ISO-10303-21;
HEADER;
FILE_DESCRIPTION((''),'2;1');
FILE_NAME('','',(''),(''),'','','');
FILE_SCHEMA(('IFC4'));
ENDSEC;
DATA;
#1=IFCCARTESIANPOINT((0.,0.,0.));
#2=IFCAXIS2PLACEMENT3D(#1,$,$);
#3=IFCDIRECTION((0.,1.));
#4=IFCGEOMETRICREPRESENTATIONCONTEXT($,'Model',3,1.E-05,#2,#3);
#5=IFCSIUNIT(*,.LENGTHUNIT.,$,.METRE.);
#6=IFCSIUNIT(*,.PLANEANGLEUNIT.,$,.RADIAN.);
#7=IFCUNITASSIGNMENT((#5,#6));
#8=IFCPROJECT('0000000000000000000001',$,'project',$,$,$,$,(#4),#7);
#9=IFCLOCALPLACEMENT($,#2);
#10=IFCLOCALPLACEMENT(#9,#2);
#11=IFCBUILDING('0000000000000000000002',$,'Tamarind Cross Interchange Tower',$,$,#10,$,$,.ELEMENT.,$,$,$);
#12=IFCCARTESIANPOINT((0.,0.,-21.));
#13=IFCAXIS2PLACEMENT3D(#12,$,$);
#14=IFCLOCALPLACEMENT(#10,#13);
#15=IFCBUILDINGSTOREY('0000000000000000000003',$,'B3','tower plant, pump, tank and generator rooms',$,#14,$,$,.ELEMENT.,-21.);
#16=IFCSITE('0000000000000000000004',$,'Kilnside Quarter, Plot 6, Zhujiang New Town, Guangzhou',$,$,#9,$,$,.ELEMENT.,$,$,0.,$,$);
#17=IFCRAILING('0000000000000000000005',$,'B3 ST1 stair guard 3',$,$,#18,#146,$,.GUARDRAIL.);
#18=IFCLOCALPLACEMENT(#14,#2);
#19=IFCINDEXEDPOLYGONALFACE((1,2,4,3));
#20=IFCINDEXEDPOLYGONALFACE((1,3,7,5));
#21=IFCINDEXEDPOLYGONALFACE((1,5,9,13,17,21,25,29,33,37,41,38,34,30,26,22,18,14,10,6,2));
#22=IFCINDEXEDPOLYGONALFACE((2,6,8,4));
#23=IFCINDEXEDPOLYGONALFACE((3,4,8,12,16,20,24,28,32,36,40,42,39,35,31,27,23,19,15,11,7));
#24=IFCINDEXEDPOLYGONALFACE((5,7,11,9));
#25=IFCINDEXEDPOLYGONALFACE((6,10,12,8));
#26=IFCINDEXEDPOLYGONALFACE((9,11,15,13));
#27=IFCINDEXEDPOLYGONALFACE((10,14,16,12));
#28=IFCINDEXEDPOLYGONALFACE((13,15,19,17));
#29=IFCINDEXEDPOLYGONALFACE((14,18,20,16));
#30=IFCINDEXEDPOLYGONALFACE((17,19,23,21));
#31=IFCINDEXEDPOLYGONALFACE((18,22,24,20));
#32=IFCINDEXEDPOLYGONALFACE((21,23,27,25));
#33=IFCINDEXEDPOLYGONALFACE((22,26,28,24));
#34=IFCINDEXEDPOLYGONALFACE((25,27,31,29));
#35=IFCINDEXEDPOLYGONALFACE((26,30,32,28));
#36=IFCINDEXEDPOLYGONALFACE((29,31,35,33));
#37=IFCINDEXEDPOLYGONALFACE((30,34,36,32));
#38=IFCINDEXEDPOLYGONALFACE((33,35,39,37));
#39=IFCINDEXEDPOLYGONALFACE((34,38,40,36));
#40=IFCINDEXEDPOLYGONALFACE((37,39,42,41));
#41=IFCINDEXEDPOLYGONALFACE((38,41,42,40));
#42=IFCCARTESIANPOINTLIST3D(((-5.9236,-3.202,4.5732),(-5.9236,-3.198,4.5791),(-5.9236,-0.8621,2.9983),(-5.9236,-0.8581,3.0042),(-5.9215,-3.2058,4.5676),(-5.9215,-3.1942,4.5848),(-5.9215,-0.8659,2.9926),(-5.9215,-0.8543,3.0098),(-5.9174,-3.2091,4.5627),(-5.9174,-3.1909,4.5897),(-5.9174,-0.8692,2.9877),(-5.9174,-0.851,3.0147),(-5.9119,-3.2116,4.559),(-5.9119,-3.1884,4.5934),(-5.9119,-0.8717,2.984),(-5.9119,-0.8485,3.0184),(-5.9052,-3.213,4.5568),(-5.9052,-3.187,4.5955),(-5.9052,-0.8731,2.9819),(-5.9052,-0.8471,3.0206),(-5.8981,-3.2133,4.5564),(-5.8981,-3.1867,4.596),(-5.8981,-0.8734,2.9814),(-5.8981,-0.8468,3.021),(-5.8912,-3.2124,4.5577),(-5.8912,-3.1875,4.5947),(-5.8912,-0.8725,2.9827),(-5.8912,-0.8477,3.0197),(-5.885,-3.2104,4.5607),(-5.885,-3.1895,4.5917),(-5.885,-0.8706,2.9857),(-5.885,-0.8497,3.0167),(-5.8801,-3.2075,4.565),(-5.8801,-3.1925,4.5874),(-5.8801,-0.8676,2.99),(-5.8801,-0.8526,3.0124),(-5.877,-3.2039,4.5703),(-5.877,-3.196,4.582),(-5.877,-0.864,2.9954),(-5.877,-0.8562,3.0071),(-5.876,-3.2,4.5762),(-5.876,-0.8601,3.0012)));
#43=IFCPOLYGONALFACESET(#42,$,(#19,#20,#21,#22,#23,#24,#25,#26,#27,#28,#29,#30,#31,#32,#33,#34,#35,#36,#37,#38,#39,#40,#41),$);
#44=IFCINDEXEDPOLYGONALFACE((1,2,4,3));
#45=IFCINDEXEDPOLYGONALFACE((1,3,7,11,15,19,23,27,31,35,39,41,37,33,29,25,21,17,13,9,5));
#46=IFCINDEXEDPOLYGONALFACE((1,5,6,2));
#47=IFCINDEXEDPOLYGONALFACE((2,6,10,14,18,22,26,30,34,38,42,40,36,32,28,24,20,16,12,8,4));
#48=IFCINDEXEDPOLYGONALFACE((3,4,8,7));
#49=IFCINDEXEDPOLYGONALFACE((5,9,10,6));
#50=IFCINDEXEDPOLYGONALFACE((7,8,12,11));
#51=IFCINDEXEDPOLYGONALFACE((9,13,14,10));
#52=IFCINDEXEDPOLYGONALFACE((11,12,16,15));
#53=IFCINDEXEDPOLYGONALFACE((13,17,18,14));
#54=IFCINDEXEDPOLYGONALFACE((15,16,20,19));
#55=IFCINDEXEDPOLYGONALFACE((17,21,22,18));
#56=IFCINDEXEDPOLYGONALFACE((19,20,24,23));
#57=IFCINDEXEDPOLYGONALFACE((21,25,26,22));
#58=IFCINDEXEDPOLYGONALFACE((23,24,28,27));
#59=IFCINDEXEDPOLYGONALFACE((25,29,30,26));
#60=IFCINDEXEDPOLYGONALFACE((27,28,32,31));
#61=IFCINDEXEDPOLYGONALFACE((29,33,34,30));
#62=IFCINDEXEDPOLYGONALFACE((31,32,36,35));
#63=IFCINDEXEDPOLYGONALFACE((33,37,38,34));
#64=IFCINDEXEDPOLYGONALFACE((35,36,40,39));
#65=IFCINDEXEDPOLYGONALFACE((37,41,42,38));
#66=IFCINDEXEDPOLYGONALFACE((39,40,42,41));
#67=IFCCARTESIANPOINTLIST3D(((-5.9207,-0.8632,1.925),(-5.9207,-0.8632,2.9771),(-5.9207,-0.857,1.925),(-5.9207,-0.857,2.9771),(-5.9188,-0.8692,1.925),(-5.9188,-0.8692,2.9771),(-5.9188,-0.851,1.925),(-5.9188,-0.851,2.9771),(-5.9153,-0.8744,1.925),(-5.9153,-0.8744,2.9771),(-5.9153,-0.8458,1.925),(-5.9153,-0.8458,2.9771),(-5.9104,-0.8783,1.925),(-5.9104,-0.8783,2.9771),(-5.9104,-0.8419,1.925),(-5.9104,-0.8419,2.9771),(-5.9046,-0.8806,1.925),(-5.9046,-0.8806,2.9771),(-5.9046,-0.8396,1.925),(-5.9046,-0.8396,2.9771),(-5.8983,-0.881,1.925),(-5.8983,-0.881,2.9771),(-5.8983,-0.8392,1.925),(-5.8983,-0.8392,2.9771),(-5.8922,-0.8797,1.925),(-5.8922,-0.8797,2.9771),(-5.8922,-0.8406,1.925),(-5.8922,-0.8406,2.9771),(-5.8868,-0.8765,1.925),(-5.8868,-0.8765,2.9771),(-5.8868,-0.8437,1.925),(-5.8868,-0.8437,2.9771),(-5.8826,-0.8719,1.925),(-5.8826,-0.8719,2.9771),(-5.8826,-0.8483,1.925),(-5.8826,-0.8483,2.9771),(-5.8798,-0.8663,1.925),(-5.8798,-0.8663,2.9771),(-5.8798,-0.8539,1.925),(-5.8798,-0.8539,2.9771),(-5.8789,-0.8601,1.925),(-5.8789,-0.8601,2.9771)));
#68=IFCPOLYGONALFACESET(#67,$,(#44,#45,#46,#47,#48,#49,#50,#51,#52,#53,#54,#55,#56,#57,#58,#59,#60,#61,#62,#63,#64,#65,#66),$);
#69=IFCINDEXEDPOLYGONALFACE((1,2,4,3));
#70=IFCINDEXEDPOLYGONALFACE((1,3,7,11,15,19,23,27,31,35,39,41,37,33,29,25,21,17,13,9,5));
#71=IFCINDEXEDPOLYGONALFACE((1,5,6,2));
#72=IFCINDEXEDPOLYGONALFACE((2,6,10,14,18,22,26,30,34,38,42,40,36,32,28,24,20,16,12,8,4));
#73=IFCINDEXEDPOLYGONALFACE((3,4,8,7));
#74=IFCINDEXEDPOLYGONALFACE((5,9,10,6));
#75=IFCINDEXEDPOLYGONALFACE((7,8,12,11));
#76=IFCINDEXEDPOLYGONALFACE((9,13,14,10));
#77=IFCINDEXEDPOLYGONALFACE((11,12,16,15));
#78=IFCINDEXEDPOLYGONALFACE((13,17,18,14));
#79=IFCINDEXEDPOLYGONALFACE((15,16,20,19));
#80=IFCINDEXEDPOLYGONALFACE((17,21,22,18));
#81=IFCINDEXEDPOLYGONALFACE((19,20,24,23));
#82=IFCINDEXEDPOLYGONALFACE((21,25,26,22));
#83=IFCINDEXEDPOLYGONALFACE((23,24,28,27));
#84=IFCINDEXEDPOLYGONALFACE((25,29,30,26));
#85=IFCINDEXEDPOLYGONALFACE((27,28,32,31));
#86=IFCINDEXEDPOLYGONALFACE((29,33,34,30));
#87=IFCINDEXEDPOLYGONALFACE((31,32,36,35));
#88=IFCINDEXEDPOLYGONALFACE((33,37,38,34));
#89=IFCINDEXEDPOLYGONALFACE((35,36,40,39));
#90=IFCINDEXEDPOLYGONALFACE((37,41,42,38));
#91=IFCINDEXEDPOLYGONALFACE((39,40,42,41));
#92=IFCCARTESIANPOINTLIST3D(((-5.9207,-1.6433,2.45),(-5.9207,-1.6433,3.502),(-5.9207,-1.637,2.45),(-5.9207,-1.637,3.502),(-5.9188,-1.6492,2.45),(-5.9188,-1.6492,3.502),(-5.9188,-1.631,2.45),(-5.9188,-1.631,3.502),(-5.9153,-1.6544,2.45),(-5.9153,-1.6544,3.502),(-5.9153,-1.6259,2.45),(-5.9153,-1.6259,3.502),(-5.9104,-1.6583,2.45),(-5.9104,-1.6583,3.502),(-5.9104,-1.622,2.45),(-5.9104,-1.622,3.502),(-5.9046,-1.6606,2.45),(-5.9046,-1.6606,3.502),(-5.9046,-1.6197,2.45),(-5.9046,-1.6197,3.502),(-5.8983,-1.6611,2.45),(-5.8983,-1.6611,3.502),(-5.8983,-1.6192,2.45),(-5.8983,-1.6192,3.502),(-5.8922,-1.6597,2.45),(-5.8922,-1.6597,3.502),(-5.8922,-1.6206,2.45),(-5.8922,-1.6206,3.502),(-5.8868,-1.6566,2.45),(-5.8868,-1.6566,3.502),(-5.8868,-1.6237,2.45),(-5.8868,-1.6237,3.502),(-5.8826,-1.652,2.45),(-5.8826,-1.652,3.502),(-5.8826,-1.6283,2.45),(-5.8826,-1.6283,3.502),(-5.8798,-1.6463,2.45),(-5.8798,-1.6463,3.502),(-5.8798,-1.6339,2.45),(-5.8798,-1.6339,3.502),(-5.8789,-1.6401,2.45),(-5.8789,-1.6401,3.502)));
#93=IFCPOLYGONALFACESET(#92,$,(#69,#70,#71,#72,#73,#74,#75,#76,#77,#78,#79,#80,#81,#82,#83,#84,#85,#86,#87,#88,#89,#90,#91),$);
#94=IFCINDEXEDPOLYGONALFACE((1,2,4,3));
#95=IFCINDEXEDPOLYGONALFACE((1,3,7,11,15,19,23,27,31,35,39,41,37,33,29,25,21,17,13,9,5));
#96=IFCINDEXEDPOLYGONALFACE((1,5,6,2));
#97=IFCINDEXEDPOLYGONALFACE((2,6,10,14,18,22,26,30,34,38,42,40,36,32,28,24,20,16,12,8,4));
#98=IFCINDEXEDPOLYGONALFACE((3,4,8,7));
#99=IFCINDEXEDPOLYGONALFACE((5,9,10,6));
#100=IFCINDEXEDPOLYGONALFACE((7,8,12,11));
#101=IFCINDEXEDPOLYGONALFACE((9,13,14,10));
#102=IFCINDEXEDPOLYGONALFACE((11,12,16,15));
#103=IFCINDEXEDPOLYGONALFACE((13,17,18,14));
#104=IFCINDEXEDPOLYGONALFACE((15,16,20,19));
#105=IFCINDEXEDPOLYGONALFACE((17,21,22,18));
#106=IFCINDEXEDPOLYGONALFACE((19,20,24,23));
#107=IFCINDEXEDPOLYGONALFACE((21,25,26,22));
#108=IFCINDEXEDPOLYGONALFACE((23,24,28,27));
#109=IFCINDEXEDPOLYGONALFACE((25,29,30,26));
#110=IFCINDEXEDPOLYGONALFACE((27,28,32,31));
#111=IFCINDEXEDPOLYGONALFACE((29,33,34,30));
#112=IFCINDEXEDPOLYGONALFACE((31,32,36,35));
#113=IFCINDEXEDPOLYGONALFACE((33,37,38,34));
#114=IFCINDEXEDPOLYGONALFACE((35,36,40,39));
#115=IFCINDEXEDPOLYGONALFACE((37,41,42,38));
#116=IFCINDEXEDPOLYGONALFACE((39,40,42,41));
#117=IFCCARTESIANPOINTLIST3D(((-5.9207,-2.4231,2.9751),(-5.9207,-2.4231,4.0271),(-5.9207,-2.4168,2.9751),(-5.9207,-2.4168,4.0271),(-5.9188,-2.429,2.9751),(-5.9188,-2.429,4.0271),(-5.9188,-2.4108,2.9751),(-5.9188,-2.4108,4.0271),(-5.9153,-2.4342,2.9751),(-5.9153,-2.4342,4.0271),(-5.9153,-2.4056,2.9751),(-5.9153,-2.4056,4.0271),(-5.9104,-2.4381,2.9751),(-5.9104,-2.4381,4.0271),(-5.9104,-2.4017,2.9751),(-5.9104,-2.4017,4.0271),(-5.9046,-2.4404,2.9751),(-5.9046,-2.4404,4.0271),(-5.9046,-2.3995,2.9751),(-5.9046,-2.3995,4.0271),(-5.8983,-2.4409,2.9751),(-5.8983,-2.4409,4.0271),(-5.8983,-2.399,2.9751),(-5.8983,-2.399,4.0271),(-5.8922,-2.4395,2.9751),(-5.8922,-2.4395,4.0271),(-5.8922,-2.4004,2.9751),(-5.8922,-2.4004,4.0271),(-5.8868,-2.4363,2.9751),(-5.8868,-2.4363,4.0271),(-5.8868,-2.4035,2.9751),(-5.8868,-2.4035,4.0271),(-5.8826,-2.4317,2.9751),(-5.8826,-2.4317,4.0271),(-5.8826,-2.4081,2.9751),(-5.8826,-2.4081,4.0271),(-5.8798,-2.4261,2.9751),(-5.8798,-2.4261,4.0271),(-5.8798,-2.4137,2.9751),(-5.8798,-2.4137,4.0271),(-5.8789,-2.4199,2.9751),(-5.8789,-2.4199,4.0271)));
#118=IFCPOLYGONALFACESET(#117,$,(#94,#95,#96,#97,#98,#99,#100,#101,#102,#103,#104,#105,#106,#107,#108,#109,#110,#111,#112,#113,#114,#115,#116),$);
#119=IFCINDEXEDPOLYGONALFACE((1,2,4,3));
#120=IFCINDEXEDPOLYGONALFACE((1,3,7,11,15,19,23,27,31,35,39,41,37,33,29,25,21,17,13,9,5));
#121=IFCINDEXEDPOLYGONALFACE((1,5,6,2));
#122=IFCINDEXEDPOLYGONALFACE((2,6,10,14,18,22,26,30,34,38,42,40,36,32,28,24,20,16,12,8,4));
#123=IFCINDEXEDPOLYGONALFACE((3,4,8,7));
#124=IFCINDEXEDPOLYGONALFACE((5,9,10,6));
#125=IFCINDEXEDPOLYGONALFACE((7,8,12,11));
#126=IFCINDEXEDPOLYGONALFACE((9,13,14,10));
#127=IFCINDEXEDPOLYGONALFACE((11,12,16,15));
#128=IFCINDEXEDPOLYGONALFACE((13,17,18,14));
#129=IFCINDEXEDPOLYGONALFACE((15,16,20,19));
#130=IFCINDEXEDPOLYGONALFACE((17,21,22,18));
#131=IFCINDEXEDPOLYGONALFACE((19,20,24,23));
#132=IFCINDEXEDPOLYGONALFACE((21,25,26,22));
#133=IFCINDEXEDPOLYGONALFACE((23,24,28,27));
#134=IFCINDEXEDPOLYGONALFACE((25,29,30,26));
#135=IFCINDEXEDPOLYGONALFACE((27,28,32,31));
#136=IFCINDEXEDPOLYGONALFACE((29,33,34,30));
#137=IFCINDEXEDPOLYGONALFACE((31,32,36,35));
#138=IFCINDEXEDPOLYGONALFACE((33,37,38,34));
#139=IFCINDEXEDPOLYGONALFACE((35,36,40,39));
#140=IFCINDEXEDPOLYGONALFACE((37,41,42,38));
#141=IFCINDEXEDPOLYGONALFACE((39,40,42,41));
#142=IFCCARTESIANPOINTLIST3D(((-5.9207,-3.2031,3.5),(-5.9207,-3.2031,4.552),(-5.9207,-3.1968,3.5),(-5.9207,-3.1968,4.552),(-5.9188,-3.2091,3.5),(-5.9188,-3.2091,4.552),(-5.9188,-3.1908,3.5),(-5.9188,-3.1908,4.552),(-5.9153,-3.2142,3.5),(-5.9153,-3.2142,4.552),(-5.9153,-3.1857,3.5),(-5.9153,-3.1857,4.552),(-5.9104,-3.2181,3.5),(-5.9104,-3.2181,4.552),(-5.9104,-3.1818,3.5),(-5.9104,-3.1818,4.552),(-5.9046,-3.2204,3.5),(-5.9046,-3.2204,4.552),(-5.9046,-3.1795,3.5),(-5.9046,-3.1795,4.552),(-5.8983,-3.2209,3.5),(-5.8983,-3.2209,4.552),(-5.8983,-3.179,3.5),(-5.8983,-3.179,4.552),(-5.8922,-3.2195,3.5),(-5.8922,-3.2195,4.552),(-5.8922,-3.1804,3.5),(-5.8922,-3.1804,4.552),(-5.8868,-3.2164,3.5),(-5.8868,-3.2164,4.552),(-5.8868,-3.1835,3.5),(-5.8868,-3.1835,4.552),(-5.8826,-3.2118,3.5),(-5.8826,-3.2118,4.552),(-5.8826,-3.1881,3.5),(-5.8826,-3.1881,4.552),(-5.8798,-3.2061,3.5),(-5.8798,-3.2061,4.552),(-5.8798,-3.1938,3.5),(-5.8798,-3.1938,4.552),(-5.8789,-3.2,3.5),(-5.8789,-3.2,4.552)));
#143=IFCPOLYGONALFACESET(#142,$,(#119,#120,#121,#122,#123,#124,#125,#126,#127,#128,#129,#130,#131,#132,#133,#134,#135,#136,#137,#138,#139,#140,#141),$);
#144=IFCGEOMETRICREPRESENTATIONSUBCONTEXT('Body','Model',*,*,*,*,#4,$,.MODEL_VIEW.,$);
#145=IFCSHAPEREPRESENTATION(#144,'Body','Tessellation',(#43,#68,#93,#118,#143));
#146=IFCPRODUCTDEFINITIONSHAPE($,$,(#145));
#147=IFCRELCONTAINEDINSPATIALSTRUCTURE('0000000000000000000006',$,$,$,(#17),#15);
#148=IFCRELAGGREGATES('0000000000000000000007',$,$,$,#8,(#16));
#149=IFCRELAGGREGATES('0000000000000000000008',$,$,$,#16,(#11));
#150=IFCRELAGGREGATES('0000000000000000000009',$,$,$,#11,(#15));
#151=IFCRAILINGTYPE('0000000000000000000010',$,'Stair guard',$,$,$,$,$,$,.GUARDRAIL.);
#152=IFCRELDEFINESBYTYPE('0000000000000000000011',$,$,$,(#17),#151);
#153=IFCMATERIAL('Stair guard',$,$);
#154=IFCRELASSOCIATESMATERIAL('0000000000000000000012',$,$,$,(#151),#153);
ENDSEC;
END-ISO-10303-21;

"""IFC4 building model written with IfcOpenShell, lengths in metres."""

from ifc_helpers import new_model, si_unit, direction, frame, origin, origin_2d, place, context, subcontext, project, spatial, circle, extrude, material, type_object, element, save


model = new_model("IFC4")

# Units and contexts
model_context = context("Model", 3, precision=1e-05, world=origin(), true_north=direction((0.0, 1.0)))
body_context = subcontext(model_context, "Body", "Model", "MODEL_VIEW")
ifc_project = project(units=[si_unit("LENGTHUNIT", "METRE"), si_unit("PLANEANGLEUNIT", "RADIAN")], contexts=[model_context])

# Site, building, storey
site_placement = place(None, origin())
site = spatial("IfcSite", under=ifc_project, at=site_placement, Name="Kilnside Quarter, Plot 6, Zhujiang New Town, Guangzhou", CompositionType="ELEMENT", RefElevation=0.0)
building_placement = place(site_placement, origin())
building = spatial("IfcBuilding", under=site, at=building_placement, Name="Tamarind Cross Interchange Tower", CompositionType="ELEMENT")
storey_placement = place(building_placement, frame((0.0, 0.0, -21.0)))
storey = spatial("IfcBuildingStorey", under=building, at=storey_placement, Name="B3", Description="tower plant, pump, tank and generator rooms", CompositionType="ELEMENT", Elevation=-21.0)

# Railing
ifc_material_1 = material(Name="Stair guard")
railing_type_1 = type_object("IfcRailingType", Name="Stair guard", PredefinedType="GUARDRAIL", material=ifc_material_1)
railing_1_placement = place(storey_placement, frame((-5.8999, -0.8601, 1.925)))
element("IfcRailing", 1, at=railing_1_placement, inside=storey, type_object=railing_type_1, Name="B3 ST1 stair guard 3", PredefinedType="GUARDRAIL", context=body_context, shape_type="SweptSolid", body=[
    extrude(circle(Radius=0.0239, at=origin_2d()), frame((0.0, 0.0, 1.0762), z_axis=(0.0, -0.829578, 0.55839), x_axis=(1.0, 0.0, 0.0)), (0.0, 0.0, 1.0), 2.8206),
    extrude(circle(Radius=0.021, at=origin_2d()), origin(), (0.0, 0.0, 1.0), 1.052),
    extrude(circle(Radius=0.021, at=origin_2d()), frame((0.0, -0.78, 0.5249)), (0.0, 0.0, 1.0), 1.052),
    extrude(circle(Radius=0.021, at=origin_2d()), frame((0.0, -1.5598, 1.05)), (0.0, 0.0, 1.0), 1.052),
    extrude(circle(Radius=0.021, at=origin_2d()), frame((0.0, -2.3398, 1.575)), (0.0, 0.0, 1.0), 1.052),
])

save(model, "model.ifc")
